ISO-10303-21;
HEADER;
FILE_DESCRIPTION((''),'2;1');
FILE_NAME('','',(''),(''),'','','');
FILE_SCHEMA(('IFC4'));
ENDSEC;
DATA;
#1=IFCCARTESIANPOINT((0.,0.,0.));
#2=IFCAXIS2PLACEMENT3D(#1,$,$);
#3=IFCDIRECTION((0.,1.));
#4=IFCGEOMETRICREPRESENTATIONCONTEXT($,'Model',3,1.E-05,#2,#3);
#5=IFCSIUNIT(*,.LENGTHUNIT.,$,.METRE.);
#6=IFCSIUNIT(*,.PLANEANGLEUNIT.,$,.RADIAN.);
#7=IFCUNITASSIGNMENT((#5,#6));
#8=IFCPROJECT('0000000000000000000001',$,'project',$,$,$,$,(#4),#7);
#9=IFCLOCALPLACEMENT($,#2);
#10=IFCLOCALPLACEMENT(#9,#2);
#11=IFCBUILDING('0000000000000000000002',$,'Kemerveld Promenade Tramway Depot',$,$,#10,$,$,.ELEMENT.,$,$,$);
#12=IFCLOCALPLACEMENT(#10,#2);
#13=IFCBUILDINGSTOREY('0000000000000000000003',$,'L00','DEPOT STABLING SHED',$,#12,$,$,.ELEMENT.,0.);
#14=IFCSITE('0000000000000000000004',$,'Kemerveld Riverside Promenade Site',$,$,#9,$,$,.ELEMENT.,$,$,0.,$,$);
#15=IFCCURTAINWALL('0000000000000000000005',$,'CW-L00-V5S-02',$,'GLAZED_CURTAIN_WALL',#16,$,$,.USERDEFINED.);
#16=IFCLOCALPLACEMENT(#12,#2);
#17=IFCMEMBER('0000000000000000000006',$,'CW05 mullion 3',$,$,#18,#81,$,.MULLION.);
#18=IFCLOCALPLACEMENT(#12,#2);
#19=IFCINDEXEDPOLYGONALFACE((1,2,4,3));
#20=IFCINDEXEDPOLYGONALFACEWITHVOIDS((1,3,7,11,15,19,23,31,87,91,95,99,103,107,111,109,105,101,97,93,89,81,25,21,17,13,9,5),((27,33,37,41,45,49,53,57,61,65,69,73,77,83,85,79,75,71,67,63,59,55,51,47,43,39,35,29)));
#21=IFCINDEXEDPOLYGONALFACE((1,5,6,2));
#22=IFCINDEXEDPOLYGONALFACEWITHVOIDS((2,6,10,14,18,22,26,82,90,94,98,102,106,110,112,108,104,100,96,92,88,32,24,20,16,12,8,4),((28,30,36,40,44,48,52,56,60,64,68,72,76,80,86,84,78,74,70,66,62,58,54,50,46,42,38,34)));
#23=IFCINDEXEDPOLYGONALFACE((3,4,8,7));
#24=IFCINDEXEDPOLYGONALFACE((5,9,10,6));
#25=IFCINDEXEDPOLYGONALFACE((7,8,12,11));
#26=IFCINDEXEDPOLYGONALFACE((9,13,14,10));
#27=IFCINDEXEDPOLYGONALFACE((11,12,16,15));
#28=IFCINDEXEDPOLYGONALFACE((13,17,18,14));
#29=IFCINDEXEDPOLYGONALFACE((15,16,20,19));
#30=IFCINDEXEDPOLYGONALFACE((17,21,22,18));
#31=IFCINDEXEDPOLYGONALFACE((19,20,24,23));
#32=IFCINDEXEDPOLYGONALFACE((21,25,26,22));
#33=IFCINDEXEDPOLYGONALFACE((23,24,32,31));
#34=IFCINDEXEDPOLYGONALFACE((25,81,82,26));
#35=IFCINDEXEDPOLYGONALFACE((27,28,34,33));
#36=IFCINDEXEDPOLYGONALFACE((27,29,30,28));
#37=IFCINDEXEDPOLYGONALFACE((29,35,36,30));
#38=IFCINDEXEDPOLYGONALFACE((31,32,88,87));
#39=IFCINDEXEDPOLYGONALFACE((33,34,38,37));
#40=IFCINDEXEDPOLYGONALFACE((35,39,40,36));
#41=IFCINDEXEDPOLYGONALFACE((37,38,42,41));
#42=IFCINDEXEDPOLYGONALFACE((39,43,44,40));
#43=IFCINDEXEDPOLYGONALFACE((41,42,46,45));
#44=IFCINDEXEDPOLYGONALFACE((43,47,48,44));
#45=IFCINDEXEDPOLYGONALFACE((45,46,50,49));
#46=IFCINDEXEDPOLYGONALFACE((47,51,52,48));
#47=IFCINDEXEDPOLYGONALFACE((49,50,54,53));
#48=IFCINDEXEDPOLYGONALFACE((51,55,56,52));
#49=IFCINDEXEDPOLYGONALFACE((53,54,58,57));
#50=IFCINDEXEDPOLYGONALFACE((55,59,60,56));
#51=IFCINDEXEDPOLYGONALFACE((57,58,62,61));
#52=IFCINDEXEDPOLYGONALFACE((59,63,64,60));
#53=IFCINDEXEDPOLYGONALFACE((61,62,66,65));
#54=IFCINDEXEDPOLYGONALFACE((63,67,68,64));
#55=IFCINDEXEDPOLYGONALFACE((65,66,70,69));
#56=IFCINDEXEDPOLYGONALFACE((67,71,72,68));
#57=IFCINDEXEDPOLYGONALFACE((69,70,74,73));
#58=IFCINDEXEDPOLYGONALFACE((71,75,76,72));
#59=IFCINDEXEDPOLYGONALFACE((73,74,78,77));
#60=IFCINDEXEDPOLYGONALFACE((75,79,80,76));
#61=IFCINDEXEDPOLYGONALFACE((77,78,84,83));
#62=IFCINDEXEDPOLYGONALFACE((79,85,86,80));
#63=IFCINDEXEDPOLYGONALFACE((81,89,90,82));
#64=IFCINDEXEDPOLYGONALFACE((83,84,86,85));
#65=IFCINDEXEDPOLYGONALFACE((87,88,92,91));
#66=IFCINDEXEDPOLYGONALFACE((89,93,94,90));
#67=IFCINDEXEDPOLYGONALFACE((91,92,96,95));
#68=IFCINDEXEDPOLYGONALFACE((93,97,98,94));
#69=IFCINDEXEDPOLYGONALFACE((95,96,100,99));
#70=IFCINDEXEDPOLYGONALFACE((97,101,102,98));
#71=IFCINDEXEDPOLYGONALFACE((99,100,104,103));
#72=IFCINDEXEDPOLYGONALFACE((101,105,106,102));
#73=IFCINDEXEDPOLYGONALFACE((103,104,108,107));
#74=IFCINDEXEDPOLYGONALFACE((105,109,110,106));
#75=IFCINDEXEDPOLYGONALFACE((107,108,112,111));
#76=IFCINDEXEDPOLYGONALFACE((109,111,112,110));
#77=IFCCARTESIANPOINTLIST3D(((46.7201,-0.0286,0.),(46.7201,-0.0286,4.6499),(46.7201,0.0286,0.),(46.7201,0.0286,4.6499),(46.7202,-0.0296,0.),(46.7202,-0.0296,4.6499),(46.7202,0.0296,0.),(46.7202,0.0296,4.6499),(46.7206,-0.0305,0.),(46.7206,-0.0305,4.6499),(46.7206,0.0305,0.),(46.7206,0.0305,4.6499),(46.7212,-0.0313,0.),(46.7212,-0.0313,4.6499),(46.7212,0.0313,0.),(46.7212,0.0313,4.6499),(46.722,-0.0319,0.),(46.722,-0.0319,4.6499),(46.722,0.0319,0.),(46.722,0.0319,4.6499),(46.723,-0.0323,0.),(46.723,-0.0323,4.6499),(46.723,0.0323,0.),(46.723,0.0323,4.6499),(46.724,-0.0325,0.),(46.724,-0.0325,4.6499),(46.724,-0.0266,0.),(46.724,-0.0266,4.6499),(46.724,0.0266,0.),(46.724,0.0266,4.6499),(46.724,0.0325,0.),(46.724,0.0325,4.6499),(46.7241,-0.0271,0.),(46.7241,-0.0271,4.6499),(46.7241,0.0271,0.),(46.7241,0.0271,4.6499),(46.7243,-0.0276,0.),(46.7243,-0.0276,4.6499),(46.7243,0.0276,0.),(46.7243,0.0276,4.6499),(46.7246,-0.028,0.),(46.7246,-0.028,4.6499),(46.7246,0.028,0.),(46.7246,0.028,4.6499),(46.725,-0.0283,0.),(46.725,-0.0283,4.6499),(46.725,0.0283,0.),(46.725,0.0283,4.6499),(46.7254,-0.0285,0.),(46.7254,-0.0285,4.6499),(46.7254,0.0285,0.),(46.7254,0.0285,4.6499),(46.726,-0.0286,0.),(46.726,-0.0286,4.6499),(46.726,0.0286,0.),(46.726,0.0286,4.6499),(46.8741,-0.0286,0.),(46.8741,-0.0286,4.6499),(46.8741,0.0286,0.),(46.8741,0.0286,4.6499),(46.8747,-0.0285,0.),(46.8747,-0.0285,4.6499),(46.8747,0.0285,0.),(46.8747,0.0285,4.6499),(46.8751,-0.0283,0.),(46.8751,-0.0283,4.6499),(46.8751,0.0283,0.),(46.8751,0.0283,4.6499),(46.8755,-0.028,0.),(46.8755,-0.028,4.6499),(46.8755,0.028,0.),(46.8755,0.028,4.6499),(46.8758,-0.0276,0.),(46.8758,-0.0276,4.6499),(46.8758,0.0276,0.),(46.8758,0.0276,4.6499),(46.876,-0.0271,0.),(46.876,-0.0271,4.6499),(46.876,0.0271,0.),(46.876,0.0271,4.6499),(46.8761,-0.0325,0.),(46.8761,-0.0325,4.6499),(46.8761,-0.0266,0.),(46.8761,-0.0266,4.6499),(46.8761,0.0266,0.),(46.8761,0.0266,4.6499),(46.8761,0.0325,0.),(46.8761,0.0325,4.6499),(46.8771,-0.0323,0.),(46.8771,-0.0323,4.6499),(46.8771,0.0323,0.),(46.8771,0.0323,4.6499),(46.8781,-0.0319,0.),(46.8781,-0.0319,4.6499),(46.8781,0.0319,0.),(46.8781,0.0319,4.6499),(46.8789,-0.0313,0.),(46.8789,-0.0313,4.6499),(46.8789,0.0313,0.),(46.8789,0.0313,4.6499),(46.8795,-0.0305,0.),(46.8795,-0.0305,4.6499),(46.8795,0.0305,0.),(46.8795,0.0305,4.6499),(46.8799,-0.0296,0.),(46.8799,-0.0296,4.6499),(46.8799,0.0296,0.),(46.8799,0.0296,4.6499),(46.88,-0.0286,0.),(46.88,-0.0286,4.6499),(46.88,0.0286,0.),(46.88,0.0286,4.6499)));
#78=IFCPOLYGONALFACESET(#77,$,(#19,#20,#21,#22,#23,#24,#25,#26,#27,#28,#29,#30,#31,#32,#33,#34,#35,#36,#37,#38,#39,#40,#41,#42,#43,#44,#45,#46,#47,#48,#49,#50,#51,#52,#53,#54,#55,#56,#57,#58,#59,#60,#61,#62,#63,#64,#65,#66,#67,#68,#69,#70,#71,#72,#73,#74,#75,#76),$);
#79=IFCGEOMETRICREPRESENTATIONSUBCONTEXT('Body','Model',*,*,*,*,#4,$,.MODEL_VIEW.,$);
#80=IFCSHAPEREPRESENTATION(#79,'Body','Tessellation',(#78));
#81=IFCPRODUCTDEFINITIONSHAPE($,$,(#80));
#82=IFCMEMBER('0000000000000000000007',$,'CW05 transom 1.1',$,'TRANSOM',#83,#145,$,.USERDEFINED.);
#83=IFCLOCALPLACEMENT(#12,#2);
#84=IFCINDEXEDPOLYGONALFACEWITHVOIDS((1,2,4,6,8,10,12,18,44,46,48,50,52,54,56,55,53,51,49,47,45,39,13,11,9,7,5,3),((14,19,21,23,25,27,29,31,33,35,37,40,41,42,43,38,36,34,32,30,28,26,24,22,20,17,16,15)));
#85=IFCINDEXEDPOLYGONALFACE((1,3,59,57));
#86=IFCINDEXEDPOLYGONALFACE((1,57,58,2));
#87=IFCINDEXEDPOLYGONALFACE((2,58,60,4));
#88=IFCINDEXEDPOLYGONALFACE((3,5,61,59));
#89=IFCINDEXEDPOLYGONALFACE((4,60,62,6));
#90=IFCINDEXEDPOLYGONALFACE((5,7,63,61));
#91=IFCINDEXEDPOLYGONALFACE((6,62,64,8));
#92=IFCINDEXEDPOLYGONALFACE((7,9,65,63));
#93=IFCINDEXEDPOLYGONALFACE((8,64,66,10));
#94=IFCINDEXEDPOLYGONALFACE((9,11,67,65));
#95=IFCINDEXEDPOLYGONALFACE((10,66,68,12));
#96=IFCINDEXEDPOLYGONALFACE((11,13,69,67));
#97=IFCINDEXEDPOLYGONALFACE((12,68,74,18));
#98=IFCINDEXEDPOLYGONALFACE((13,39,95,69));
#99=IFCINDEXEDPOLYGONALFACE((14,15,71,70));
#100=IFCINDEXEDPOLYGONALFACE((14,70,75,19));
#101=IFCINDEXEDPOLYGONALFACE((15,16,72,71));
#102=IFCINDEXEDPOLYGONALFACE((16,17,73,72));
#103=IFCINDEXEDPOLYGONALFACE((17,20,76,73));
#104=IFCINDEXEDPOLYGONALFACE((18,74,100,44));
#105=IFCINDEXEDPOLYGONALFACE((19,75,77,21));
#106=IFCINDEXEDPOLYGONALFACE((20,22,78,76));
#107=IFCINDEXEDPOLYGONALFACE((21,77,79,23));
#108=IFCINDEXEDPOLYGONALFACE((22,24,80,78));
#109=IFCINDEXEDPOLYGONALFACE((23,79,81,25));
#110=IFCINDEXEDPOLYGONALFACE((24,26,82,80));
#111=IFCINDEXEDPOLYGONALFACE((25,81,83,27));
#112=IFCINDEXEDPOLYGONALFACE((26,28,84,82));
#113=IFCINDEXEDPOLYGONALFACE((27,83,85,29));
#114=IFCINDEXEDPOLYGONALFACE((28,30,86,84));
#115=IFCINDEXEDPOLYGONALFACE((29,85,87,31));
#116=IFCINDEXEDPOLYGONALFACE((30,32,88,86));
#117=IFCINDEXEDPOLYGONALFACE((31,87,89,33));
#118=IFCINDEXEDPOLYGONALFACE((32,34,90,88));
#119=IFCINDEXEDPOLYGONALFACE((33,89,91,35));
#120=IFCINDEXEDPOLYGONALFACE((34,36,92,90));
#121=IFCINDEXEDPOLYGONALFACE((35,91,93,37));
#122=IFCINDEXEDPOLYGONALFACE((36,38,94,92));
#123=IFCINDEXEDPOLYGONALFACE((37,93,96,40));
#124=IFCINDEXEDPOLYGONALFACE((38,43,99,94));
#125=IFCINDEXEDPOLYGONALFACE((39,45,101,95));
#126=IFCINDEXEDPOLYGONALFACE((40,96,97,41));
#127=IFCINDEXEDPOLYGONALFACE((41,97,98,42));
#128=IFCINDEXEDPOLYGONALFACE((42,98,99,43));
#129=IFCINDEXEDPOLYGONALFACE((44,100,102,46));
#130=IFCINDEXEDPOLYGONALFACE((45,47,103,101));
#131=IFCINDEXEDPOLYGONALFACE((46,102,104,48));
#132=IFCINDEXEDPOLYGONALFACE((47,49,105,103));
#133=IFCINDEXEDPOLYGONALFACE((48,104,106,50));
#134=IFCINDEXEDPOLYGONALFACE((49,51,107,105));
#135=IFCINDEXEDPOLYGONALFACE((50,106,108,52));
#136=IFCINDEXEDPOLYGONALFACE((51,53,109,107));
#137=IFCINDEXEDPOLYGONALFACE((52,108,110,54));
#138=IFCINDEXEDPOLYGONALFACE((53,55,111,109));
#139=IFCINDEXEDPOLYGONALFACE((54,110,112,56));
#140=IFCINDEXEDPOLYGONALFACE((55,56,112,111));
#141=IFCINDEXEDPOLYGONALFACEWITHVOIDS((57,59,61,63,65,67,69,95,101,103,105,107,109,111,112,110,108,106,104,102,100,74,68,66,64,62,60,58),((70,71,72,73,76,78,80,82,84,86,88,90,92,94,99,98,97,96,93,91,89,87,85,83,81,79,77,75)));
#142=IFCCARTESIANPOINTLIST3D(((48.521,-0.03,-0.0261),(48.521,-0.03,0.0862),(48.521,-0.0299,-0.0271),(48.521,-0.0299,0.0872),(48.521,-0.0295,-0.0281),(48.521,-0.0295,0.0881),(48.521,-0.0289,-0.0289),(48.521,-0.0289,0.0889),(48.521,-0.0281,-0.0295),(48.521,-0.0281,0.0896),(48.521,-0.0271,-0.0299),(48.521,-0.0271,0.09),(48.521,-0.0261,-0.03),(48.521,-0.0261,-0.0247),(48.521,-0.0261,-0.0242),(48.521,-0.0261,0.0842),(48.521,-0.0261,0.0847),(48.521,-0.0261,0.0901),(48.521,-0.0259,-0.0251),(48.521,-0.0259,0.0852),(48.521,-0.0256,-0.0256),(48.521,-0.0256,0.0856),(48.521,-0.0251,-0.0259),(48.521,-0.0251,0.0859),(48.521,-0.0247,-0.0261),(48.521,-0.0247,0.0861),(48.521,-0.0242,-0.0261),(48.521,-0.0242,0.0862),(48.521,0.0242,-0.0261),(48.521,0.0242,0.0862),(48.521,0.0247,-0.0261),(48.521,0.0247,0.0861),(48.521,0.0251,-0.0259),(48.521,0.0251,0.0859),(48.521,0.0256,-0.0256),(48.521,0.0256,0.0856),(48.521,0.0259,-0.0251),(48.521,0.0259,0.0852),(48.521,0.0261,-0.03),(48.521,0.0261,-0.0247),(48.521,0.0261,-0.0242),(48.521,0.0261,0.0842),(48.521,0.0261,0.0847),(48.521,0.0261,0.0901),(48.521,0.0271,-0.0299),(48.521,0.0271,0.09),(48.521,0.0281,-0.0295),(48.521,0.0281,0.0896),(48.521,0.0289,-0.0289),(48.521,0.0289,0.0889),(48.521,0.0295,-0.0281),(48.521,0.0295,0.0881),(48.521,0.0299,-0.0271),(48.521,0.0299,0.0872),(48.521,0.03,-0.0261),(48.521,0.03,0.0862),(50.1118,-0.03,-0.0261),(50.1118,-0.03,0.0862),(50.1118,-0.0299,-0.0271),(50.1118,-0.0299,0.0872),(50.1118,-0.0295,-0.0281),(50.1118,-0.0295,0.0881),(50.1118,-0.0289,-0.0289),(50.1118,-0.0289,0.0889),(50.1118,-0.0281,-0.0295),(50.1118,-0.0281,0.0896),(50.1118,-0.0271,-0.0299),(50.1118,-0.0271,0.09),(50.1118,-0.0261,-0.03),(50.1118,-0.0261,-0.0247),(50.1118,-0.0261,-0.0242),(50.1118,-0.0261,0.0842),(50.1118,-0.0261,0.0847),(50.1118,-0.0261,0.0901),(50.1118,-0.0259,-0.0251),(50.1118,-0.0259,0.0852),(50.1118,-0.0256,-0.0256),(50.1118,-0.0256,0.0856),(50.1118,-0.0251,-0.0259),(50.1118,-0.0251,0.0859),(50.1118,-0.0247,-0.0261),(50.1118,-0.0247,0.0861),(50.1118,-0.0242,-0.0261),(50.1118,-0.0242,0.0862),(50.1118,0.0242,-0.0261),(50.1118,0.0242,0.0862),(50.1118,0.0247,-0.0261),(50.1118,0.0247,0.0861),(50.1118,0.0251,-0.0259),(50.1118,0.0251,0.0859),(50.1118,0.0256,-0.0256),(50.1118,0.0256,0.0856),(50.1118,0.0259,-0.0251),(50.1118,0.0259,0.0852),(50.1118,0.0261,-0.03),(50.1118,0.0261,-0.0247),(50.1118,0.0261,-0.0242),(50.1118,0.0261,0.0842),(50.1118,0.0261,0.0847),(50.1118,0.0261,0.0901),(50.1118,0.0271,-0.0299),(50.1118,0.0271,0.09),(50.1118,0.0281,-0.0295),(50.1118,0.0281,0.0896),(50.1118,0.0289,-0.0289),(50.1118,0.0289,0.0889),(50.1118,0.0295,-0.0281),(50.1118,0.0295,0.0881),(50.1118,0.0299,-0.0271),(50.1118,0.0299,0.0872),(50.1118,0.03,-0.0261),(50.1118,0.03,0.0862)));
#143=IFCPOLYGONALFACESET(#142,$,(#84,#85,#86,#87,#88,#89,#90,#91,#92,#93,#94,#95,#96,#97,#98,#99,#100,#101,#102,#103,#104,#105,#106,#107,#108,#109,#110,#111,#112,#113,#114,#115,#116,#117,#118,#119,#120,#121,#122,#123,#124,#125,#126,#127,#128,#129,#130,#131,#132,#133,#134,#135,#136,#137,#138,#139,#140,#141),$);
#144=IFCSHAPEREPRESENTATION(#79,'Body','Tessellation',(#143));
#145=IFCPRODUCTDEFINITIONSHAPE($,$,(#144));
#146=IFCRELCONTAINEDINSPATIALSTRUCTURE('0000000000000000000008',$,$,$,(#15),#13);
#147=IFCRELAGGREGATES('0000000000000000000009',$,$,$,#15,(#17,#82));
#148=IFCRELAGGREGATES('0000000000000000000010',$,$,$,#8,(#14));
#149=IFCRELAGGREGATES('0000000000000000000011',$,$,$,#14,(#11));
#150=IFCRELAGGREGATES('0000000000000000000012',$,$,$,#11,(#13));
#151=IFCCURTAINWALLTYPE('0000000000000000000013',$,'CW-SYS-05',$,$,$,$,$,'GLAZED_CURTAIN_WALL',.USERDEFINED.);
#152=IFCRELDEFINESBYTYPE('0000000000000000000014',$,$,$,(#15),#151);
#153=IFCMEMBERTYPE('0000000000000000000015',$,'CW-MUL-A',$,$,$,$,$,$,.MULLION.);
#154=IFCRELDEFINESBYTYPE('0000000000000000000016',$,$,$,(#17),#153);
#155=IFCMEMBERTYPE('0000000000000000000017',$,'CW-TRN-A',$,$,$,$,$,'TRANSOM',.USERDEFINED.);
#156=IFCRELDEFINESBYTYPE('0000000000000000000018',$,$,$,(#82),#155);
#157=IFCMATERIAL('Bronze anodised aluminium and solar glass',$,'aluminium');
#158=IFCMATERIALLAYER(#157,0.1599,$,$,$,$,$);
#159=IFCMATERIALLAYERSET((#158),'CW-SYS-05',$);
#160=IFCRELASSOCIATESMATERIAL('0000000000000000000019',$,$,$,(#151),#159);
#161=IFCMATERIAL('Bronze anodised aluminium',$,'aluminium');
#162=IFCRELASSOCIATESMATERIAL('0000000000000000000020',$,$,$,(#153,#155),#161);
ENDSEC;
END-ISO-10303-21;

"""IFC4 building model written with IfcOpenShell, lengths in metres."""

from ifc_helpers import new_model, si_unit, direction, frame, origin, origin_2d, place, context, subcontext, project, spatial, hollow_rectangle, extrude, material, layer, layer_set, material_profile, profile_set, type_object, element, aggregate, save


model = new_model("IFC4")

# Units and contexts
model_context = context("Model", 3, precision=1e-05, world=origin(), true_north=direction((0.0, 1.0)))
body_context = subcontext(model_context, "Body", "Model", "MODEL_VIEW")
ifc_project = project(units=[si_unit("LENGTHUNIT", "METRE"), si_unit("PLANEANGLEUNIT", "RADIAN")], contexts=[model_context])

# Site, building, storey
site_placement = place(None, origin())
site = spatial("IfcSite", under=ifc_project, at=site_placement, Name="Kemerveld Riverside Promenade Site", CompositionType="ELEMENT", RefElevation=0.0)
building_placement = place(site_placement, origin())
building = spatial("IfcBuilding", under=site, at=building_placement, Name="Kemerveld Promenade Tramway Depot", CompositionType="ELEMENT")
storey_placement = place(building_placement, origin())
storey = spatial("IfcBuildingStorey", under=building, at=storey_placement, Name="L00", Description="DEPOT STABLING SHED", CompositionType="ELEMENT", Elevation=0.0)

# Curtain wall, members
ifc_material_1 = material(Name="Bronze anodised aluminium and solar glass", Category="aluminium")
ifc_layer_1 = layer(ifc_material_1, 0.1599)
ifc_layer_set_1 = layer_set([ifc_layer_1], Name="CW-SYS-05")
curtain_wall_type = type_object("IfcCurtainWallType", Name="CW-SYS-05", ElementType="GLAZED_CURTAIN_WALL", PredefinedType="USERDEFINED", material=ifc_layer_set_1)
curtain_wall_placement = place(storey_placement, origin())
curtain_wall = element("IfcCurtainWall", 1, at=curtain_wall_placement, inside=storey, type_object=curtain_wall_type, Name="CW-L00-V5S-02", ObjectType="GLAZED_CURTAIN_WALL", PredefinedType="USERDEFINED")
ifc_material_2 = material(Name="Bronze anodised aluminium", Category="aluminium")
ifc_material_profile_1 = material_profile(ifc_material_2, hollow_rectangle(XDim=0.0649, YDim=0.1599, WallThickness=0.0039, InnerFilletRadius=0.002, OuterFilletRadius=0.0039, at=origin_2d()), Name="CW-MUL-160x65")
ifc_profile_set_1 = profile_set([ifc_material_profile_1], Name="Bronze anodised aluminium")
member_type_1 = type_object("IfcMemberType", Name="CW-MUL-A", PredefinedType="MULLION", material=ifc_profile_set_1)
member_1_placement = place(storey_placement, frame((46.8, 0.0, 0.0), z_axis=(0.0, 0.0, 1.0), x_axis=(0.0, -1.0, 0.0)))
member_1 = element("IfcMember", 2, at=member_1_placement, type_object=member_type_1, Name="CW05 mullion 3", PredefinedType="MULLION", context=body_context, shape_type="SweptSolid", body=[
    extrude(hollow_rectangle(XDim=0.0649, YDim=0.1599, WallThickness=0.0039, InnerFilletRadius=0.002, OuterFilletRadius=0.0039, at=origin_2d()), origin(), (0.0, 0.0, 1.0), 4.6499),
])
ifc_material_profile_2 = material_profile(ifc_material_2, hollow_rectangle(XDim=0.0601, YDim=0.1201, WallThickness=0.0039, InnerFilletRadius=0.002, OuterFilletRadius=0.0039, at=origin_2d()), Name="CW-TRN-120x60")
ifc_profile_set_2 = profile_set([ifc_material_profile_2], Name="Bronze anodised aluminium")
member_type_2 = type_object("IfcMemberType", Name="CW-TRN-A", ElementType="TRANSOM", PredefinedType="USERDEFINED", material=ifc_profile_set_2)
member_2_placement = place(storey_placement, frame((50.1118, 0.0, 0.03), z_axis=(-1.0, 0.0, 0.0), x_axis=(0.0, -1.0, 0.0)))
member_2 = element("IfcMember", 3, at=member_2_placement, type_object=member_type_2, Name="CW05 transom 1.1", ObjectType="TRANSOM", PredefinedType="USERDEFINED", context=body_context, shape_type="SweptSolid", body=[
    extrude(hollow_rectangle(XDim=0.0601, YDim=0.1201, WallThickness=0.0039, InnerFilletRadius=0.002, OuterFilletRadius=0.0039, at=origin_2d()), origin(), (0.0, 0.0, 1.0), 1.5908),
])
aggregate(curtain_wall, [member_1, member_2])

save(model, "model.ifc")
